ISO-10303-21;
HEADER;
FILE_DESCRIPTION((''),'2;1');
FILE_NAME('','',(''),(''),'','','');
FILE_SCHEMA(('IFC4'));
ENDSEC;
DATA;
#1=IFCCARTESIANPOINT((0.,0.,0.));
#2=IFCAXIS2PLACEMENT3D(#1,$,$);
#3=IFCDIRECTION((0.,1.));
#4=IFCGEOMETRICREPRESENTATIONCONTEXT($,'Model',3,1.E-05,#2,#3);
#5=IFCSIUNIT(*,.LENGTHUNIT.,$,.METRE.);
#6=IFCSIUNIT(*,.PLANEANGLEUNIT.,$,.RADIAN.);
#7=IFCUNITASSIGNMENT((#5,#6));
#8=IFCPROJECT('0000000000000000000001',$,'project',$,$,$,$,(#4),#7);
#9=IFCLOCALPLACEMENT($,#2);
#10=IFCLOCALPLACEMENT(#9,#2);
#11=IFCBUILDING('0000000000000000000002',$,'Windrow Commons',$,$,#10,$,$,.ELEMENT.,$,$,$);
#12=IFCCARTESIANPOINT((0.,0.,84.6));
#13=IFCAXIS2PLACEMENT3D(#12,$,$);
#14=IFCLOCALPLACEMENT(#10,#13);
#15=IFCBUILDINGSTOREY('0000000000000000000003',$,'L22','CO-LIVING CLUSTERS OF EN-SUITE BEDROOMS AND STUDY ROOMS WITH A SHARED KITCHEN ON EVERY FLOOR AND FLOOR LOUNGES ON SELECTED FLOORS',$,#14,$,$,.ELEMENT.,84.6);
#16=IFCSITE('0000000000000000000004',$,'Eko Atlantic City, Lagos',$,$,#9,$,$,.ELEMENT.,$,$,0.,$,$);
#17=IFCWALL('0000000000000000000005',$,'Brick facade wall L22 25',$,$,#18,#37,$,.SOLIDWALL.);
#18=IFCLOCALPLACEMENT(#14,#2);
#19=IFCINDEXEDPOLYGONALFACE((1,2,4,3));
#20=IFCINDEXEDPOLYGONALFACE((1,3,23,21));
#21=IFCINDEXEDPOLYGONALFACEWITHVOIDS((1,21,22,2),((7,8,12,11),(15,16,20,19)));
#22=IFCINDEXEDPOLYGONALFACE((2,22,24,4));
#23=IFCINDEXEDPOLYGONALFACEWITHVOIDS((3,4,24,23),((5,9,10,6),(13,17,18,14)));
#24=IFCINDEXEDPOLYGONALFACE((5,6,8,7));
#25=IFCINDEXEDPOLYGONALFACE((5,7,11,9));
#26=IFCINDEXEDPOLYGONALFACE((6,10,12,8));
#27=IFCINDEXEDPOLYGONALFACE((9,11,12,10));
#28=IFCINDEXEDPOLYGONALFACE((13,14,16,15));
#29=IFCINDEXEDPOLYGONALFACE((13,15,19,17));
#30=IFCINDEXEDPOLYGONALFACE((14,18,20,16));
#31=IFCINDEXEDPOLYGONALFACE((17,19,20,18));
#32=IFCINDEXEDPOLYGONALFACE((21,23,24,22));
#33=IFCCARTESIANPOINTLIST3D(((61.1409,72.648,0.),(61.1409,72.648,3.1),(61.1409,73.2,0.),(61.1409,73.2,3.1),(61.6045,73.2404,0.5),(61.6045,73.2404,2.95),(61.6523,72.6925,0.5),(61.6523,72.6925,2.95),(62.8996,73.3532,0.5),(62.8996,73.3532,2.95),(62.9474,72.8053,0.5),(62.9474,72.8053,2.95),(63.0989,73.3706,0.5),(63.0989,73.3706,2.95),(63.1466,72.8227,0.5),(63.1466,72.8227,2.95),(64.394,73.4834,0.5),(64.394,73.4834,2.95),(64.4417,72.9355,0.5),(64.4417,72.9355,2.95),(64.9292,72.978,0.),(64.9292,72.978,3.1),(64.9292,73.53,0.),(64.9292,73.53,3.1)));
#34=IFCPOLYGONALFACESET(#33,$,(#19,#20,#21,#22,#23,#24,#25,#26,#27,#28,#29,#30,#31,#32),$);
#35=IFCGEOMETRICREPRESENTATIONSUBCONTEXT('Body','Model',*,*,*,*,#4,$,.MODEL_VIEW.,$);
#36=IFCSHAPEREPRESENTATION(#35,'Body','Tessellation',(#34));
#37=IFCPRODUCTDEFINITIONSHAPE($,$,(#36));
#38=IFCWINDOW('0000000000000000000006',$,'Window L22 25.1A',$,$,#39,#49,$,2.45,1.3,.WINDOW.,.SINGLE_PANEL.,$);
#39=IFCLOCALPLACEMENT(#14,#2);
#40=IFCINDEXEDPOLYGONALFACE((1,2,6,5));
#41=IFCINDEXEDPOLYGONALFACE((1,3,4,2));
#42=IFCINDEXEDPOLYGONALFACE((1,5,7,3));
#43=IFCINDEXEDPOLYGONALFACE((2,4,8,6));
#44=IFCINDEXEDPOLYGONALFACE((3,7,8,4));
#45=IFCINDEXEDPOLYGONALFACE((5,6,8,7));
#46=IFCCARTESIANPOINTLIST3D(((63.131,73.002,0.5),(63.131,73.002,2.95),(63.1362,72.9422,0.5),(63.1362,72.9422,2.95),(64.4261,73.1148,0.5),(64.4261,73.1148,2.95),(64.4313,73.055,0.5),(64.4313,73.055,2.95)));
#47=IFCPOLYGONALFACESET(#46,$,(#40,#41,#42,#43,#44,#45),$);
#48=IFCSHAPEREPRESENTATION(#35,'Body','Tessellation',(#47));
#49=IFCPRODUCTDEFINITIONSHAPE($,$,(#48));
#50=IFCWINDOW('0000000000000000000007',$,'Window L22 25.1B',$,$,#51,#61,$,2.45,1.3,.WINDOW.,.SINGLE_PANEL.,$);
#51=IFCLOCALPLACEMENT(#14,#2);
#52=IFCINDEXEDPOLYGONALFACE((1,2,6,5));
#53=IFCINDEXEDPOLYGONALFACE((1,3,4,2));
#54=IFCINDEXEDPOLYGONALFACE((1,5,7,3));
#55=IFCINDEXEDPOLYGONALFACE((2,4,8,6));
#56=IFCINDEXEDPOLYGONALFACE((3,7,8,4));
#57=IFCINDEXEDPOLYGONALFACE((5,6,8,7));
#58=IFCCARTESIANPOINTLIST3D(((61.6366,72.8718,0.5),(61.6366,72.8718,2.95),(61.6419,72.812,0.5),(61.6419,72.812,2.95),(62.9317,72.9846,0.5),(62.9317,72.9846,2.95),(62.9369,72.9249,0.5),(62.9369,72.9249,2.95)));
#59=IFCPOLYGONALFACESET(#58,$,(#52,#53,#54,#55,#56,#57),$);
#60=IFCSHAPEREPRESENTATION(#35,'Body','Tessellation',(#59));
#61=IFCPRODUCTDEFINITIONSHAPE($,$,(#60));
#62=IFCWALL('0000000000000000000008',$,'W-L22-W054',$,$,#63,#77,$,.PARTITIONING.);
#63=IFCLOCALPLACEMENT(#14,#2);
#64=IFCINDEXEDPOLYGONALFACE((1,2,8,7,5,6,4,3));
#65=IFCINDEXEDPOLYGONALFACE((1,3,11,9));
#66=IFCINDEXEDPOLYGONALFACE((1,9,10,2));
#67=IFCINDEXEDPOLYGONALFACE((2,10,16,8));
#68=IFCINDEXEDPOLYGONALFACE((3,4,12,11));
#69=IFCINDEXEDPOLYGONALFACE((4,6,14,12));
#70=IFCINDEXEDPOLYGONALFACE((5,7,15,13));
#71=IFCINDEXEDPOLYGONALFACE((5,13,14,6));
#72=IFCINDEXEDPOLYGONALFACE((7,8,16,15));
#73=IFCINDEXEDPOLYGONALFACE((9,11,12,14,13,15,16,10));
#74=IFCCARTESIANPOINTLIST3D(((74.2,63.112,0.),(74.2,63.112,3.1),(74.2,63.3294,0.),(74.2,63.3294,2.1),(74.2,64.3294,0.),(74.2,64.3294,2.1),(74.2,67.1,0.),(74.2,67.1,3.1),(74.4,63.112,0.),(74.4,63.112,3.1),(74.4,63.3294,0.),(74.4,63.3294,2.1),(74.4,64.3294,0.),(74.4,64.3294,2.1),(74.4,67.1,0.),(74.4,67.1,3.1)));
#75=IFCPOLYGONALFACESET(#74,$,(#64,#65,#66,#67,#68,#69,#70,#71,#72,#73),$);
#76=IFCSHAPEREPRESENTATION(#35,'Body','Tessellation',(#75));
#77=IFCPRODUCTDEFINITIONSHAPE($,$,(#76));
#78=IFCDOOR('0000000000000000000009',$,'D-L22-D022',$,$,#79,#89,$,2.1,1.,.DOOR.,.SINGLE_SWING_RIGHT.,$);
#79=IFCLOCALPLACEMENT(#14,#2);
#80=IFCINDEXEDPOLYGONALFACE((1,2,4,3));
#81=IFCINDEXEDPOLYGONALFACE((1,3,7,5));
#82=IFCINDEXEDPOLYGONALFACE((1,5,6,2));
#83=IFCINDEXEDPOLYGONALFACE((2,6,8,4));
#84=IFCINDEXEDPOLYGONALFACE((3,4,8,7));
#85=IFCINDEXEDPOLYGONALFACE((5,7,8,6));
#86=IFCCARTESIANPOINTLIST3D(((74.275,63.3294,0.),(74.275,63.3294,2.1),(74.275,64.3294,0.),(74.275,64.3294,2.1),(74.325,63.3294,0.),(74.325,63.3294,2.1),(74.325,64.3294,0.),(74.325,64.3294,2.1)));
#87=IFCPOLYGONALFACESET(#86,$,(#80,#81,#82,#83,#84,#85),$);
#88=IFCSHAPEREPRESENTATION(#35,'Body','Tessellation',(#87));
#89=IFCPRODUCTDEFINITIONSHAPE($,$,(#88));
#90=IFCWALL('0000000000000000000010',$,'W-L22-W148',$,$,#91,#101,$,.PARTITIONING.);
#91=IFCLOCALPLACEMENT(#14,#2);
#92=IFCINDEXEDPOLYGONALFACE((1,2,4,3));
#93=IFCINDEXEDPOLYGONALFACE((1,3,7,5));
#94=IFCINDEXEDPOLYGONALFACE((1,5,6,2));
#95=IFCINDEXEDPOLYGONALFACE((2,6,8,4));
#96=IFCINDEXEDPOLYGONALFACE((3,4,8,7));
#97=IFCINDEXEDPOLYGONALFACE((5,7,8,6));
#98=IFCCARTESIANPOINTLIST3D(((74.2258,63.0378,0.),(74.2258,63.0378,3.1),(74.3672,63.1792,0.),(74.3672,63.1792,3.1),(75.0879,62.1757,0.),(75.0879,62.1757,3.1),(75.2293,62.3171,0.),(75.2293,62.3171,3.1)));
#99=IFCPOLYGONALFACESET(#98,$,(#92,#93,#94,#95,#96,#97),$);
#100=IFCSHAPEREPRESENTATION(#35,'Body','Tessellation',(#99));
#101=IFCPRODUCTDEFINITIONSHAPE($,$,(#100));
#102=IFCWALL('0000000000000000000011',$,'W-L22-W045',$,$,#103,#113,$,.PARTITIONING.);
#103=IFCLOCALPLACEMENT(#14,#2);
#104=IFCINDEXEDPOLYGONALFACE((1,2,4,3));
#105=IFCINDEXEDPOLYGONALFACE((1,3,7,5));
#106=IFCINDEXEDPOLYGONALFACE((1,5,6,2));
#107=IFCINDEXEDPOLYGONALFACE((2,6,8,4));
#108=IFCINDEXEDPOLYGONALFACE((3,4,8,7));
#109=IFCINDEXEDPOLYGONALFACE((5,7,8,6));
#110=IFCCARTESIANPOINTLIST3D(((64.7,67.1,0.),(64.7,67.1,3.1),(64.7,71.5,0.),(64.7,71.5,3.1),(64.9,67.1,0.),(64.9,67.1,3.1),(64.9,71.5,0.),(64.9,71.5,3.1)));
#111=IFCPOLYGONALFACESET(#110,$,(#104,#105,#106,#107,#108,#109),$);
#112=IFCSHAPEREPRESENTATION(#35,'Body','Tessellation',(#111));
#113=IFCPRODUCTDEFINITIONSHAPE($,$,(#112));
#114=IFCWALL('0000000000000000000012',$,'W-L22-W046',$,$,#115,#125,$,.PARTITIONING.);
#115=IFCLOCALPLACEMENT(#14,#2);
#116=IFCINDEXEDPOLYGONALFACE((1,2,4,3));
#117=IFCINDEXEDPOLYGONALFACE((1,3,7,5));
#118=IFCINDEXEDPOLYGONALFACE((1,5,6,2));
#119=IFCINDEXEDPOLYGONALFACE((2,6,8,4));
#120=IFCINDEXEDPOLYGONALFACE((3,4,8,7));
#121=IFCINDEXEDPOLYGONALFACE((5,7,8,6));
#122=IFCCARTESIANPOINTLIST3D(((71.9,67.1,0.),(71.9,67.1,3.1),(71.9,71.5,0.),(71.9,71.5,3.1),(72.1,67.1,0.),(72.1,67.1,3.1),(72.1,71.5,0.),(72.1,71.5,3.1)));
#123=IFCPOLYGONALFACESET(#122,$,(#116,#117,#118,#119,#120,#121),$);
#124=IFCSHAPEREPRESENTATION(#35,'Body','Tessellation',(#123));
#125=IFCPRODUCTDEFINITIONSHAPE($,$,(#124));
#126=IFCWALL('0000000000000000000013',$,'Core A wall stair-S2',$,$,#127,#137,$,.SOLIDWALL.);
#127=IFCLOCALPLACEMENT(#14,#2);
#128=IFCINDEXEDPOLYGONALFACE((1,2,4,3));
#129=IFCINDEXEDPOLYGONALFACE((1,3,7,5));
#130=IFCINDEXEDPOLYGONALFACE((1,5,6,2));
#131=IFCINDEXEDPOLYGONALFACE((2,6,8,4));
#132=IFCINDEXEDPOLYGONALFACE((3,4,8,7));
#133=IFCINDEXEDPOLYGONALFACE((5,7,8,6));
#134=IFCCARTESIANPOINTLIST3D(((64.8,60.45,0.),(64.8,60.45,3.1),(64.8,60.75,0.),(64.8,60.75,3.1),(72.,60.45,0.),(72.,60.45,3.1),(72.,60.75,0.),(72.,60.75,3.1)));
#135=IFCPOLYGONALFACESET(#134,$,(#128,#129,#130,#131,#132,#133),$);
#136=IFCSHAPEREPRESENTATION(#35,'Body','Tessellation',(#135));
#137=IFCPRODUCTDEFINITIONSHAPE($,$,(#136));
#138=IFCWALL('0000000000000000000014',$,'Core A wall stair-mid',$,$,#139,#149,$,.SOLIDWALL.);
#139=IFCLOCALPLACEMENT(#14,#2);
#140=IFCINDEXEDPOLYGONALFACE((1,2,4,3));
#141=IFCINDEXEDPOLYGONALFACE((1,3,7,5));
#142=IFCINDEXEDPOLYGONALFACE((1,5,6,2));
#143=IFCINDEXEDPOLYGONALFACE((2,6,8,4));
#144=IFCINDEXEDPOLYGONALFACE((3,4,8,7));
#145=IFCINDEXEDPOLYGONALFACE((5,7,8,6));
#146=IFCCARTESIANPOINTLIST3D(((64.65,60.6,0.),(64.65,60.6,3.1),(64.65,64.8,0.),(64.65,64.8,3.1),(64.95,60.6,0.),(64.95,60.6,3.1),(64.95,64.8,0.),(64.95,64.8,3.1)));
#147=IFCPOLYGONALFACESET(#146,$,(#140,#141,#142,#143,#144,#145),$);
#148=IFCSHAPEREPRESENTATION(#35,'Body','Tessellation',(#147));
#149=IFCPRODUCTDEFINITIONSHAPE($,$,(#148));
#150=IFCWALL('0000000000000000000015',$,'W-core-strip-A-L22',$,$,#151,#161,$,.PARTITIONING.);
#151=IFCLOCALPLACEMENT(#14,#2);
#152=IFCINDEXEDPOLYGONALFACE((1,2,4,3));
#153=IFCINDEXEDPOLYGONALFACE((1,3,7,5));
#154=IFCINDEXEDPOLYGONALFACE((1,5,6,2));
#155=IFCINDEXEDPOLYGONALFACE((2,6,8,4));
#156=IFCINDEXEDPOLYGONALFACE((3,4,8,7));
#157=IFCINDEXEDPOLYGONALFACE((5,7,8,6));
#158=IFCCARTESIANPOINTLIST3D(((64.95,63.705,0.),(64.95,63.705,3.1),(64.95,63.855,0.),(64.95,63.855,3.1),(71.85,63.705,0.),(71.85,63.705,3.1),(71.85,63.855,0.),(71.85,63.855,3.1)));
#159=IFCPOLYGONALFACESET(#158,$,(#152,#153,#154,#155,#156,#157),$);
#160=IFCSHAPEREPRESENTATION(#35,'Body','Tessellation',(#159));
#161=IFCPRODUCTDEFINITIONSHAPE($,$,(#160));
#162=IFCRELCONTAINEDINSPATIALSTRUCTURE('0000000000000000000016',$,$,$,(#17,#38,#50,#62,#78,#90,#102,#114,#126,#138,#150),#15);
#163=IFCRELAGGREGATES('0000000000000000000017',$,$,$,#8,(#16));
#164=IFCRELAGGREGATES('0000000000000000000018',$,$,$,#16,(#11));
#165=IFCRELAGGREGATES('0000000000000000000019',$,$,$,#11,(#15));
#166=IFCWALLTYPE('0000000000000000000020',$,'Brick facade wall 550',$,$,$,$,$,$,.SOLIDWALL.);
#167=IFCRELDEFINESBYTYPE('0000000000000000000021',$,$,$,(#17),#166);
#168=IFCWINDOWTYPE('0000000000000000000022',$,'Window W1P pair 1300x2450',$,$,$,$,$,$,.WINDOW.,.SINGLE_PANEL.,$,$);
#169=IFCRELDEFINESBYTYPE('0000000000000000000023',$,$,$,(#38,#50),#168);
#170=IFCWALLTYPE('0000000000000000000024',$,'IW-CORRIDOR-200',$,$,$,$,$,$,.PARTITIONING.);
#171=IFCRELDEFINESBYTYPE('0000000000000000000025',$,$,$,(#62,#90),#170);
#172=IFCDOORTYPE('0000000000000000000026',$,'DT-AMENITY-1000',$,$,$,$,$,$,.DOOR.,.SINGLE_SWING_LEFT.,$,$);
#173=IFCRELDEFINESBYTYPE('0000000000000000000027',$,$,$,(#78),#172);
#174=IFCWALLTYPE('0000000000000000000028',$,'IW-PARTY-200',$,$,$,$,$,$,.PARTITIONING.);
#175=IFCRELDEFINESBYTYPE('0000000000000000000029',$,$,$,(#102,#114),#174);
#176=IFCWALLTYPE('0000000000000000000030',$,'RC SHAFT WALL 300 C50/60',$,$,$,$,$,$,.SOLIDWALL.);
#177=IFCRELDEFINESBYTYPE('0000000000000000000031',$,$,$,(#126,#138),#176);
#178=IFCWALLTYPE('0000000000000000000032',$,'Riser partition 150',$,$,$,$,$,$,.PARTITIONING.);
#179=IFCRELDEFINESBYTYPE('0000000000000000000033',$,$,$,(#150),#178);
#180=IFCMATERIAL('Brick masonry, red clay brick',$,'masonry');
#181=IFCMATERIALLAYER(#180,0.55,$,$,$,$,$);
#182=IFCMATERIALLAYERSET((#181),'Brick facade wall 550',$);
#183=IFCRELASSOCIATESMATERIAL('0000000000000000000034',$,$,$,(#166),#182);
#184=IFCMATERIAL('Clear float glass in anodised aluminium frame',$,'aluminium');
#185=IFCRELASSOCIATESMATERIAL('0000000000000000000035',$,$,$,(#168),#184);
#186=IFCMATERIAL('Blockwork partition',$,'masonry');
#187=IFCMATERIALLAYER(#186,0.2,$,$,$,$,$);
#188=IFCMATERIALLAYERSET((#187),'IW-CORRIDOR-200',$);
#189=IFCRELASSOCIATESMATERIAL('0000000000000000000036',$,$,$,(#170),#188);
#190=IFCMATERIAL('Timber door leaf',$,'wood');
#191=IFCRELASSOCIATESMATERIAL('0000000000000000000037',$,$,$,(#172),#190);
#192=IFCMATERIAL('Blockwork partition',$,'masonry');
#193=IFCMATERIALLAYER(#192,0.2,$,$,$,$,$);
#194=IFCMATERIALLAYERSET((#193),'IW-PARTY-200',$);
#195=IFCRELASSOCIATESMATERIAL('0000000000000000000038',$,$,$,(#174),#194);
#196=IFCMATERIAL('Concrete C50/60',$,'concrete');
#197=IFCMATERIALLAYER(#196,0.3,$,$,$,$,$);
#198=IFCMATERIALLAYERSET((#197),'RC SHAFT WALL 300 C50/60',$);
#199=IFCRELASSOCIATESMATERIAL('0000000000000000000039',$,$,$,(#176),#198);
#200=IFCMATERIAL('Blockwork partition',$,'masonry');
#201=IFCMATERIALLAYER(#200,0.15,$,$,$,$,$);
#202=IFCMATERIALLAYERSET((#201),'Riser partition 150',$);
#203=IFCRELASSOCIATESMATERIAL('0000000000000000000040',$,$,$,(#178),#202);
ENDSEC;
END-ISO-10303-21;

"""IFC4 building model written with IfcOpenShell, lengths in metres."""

from ifc_helpers import new_model, si_unit, direction, frame, frame_2d, origin, place, context, subcontext, project, spatial, polyline, rectangle, outline, extrude, material, layer, layer_set, type_object, element, fill, save


model = new_model("IFC4")

# Units and contexts
model_context = context("Model", 3, precision=1e-05, world=origin(), true_north=direction((0.0, 1.0)))
body_context = subcontext(model_context, "Body", "Model", "MODEL_VIEW")
ifc_project = project(units=[si_unit("LENGTHUNIT", "METRE"), si_unit("PLANEANGLEUNIT", "RADIAN")], contexts=[model_context])

# Site, building, storey
site_placement = place(None, origin())
site = spatial("IfcSite", under=ifc_project, at=site_placement, Name="Eko Atlantic City, Lagos", CompositionType="ELEMENT", RefElevation=0.0)
building_placement = place(site_placement, origin())
building = spatial("IfcBuilding", under=site, at=building_placement, Name="Windrow Commons", CompositionType="ELEMENT")
storey_placement = place(building_placement, frame((0.0, 0.0, 84.6)))
storey = spatial("IfcBuildingStorey", under=building, at=storey_placement, Name="L22", Description="CO-LIVING CLUSTERS OF EN-SUITE BEDROOMS AND STUDY ROOMS WITH A SHARED KITCHEN ON EVERY FLOOR AND FLOOR LOUNGES ON SELECTED FLOORS", CompositionType="ELEMENT", Elevation=84.6)

# Wall, openings, windows
ifc_material_1 = material(Name="Brick masonry, red clay brick", Category="masonry")
ifc_layer_1 = layer(ifc_material_1, 0.55)
ifc_layer_set_1 = layer_set([ifc_layer_1], Name="Brick facade wall 550")
wall_type_1 = type_object("IfcWallType", Name="Brick facade wall 550", PredefinedType="SOLIDWALL", material=ifc_layer_set_1)
ifc_material_2 = material(Name="Clear float glass in anodised aluminium frame", Category="aluminium")
window_type = type_object("IfcWindowType", Name="Window W1P pair 1300x2450", PartitioningType="SINGLE_PANEL", PredefinedType="WINDOW", material=ifc_material_2)
wall_1_placement = place(storey_placement, frame((64.9292, 73.254, 0.0), z_axis=(0.0, 0.0, 1.0), x_axis=(-0.996227, -0.086784, 0.0)))
wall_1 = element("IfcWall", 1, at=wall_1_placement, inside=storey, type_object=wall_type_1, Name="Brick facade wall L22 25", PredefinedType="SOLIDWALL", context=body_context, shape_type="SweptSolid", body=[
    extrude(outline(polyline([(-0.024, -0.275), (3.7787, -0.275), (3.8266, 0.275), (0.024, 0.275), (-0.024, -0.275)])), origin(), (0.0, 0.0, 1.0), 3.1),
])
opening_1_placement = place(wall_1_placement, frame((0.5133, 0.0, 0.5)))
opening_1 = element("IfcOpeningElement", 2, at=opening_1_placement, cuts=wall_1, PredefinedType="OPENING", context=body_context, shape_type="SweptSolid", body=[
    extrude(rectangle(XDim=1.3, YDim=2.45, at=frame_2d((0.65, 1.225))), frame((0.0, 0.285, 0.0), z_axis=(0.0, -1.0, 0.0), x_axis=(1.0, 0.0, 0.0)), (0.0, 0.0, 1.0), 0.57),
])
opening_2_placement = place(wall_1_placement, frame((2.0133, 0.0, 0.5)))
opening_2 = element("IfcOpeningElement", 3, at=opening_2_placement, cuts=wall_1, PredefinedType="OPENING", context=body_context, shape_type="SweptSolid", body=[
    extrude(rectangle(XDim=1.3, YDim=2.45, at=frame_2d((0.65, 1.225))), frame((0.0, 0.285, 0.0), z_axis=(0.0, -1.0, 0.0), x_axis=(1.0, 0.0, 0.0)), (0.0, 0.0, 1.0), 0.57),
])
window_1_placement = place(opening_1_placement, origin())
window_1 = element("IfcWindow", 4, at=window_1_placement, inside=storey, type_object=window_type, Name="Window L22 25.1A", OverallHeight=2.45, OverallWidth=1.3, PartitioningType="SINGLE_PANEL", PredefinedType="WINDOW", context=body_context, shape_type="SweptSolid", body=[
    extrude(rectangle(XDim=1.3, YDim=2.45, at=frame_2d((0.65, 1.225))), frame((0.0, 0.155, 0.0), z_axis=(0.0, -1.0, 0.0), x_axis=(1.0, 0.0, 0.0)), (0.0, 0.0, 1.0), 0.06),
])
fill(opening_1, window_1)
window_2_placement = place(opening_2_placement, origin())
window_2 = element("IfcWindow", 5, at=window_2_placement, inside=storey, type_object=window_type, Name="Window L22 25.1B", OverallHeight=2.45, OverallWidth=1.3, PartitioningType="SINGLE_PANEL", PredefinedType="WINDOW", context=body_context, shape_type="SweptSolid", body=[
    extrude(rectangle(XDim=1.3, YDim=2.45, at=frame_2d((0.65, 1.225))), frame((0.0, 0.155, 0.0), z_axis=(0.0, -1.0, 0.0), x_axis=(1.0, 0.0, 0.0)), (0.0, 0.0, 1.0), 0.06),
])
fill(opening_2, window_2)

# Wall, opening, door
ifc_material_3 = material(Name="Blockwork partition", Category="masonry")
ifc_layer_2 = layer(ifc_material_3, 0.2)
ifc_layer_set_2 = layer_set([ifc_layer_2], Name="IW-CORRIDOR-200")
wall_type_2 = type_object("IfcWallType", Name="IW-CORRIDOR-200", PredefinedType="PARTITIONING", material=ifc_layer_set_2)
wall_2_placement = place(storey_placement, frame((74.3, 63.112, 0.0), z_axis=(0.0, 0.0, 1.0), x_axis=(0.0, 1.0, 0.0)))
wall_2 = element("IfcWall", 6, at=wall_2_placement, inside=storey, type_object=wall_type_2, Name="W-L22-W054", PredefinedType="PARTITIONING", context=body_context, shape_type="SweptSolid", body=[
    extrude(rectangle(XDim=3.988, YDim=0.2, at=frame_2d((1.994, 0.0))), origin(), (0.0, 0.0, 1.0), 3.1),
])
opening_3_placement = place(wall_2_placement, frame((0.2174, 0.0, 0.0)))
opening_3 = element("IfcOpeningElement", 7, at=opening_3_placement, cuts=wall_2, PredefinedType="OPENING", context=body_context, shape_type="SweptSolid", body=[
    extrude(rectangle(XDim=1.0, YDim=2.1, at=frame_2d((0.5, 1.05))), frame((0.0, 0.11, 0.0), z_axis=(0.0, -1.0, 0.0), x_axis=(1.0, 0.0, 0.0)), (0.0, 0.0, 1.0), 0.22),
])
ifc_material_4 = material(Name="Timber door leaf", Category="wood")
door_type = type_object("IfcDoorType", Name="DT-AMENITY-1000", OperationType="SINGLE_SWING_LEFT", PredefinedType="DOOR", material=ifc_material_4)
door_placement = place(opening_3_placement, origin())
door = element("IfcDoor", 8, at=door_placement, inside=storey, type_object=door_type, Name="D-L22-D022", OperationType="SINGLE_SWING_RIGHT", OverallHeight=2.1, OverallWidth=1.0, PredefinedType="DOOR", context=body_context, shape_type="SweptSolid", body=[
    extrude(rectangle(XDim=1.0, YDim=2.1, at=frame_2d((0.5, 1.05))), frame((0.0, 0.025, 0.0), z_axis=(0.0, -1.0, 0.0), x_axis=(1.0, 0.0, 0.0)), (0.0, 0.0, 1.0), 0.05),
])
fill(opening_3, door)

# Walls
wall_3_placement = place(storey_placement, frame((74.2965, 63.1085, 0.0), z_axis=(0.0, 0.0, 1.0), x_axis=(0.707107, -0.707107, 0.0)))
element("IfcWall", 9, at=wall_3_placement, inside=storey, type_object=wall_type_2, Name="W-L22-W148", PredefinedType="PARTITIONING", context=body_context, shape_type="SweptSolid", body=[
    extrude(rectangle(XDim=1.2191, YDim=0.2, at=frame_2d((0.6096, 0.0))), origin(), (0.0, 0.0, 1.0), 3.1),
])
ifc_material_5 = material(Name="Blockwork partition", Category="masonry")
ifc_layer_3 = layer(ifc_material_5, 0.2)
ifc_layer_set_3 = layer_set([ifc_layer_3], Name="IW-PARTY-200")
wall_type_3 = type_object("IfcWallType", Name="IW-PARTY-200", PredefinedType="PARTITIONING", material=ifc_layer_set_3)
for number, where, z_axis, x_axis, name in (
    (10, (64.8, 67.1, 0.0), (0.0, 0.0, 1.0), (0.0, 1.0, 0.0), "W-L22-W045"),
    (11, (72.0, 67.1, 0.0), (0.0, 0.0, 1.0), (0.0, 1.0, 0.0), "W-L22-W046"),
):
    element("IfcWall", number, at=place(storey_placement, frame(where, z_axis=z_axis, x_axis=x_axis)), inside=storey, type_object=wall_type_3, Name=name, PredefinedType="PARTITIONING", context=body_context, shape_type="SweptSolid", body=[
        extrude(rectangle(XDim=4.4, YDim=0.2, at=frame_2d((2.2, 0.0))), origin(), (0.0, 0.0, 1.0), 3.1),
    ])
ifc_material_6 = material(Name="Concrete C50/60", Category="concrete")
ifc_layer_4 = layer(ifc_material_6, 0.3)
ifc_layer_set_4 = layer_set([ifc_layer_4], Name="RC SHAFT WALL 300 C50/60")
wall_type_4 = type_object("IfcWallType", Name="RC SHAFT WALL 300 C50/60", PredefinedType="SOLIDWALL", material=ifc_layer_set_4)
wall_4_placement = place(storey_placement, frame((64.8, 60.6, 0.0), z_axis=(0.0, 0.0, 1.0), x_axis=(1.0, 0.0, 0.0)))
element("IfcWall", 12, at=wall_4_placement, inside=storey, type_object=wall_type_4, Name="Core A wall stair-S2", PredefinedType="SOLIDWALL", context=body_context, shape_type="SweptSolid", body=[
    extrude(rectangle(XDim=7.2, YDim=0.3, at=frame_2d((3.6, 0.0))), origin(), (0.0, 0.0, 1.0), 3.1),
])
wall_5_placement = place(storey_placement, frame((64.8, 60.6, 0.0), z_axis=(0.0, 0.0, 1.0), x_axis=(0.0, 1.0, 0.0)))
element("IfcWall", 13, at=wall_5_placement, inside=storey, type_object=wall_type_4, Name="Core A wall stair-mid", PredefinedType="SOLIDWALL", context=body_context, shape_type="SweptSolid", body=[
    extrude(rectangle(XDim=4.2, YDim=0.3, at=frame_2d((2.1, 0.0))), origin(), (0.0, 0.0, 1.0), 3.1),
])
ifc_material_7 = material(Name="Blockwork partition", Category="masonry")
ifc_layer_5 = layer(ifc_material_7, 0.15)
ifc_layer_set_5 = layer_set([ifc_layer_5], Name="Riser partition 150")
wall_type_5 = type_object("IfcWallType", Name="Riser partition 150", PredefinedType="PARTITIONING", material=ifc_layer_set_5)
wall_6_placement = place(storey_placement, frame((64.95, 63.78, 0.0), z_axis=(0.0, 0.0, 1.0), x_axis=(1.0, 0.0, 0.0)))
element("IfcWall", 14, at=wall_6_placement, inside=storey, type_object=wall_type_5, Name="W-core-strip-A-L22", PredefinedType="PARTITIONING", context=body_context, shape_type="SweptSolid", body=[
    extrude(rectangle(XDim=6.9, YDim=0.15, at=frame_2d((3.45, 0.0))), origin(), (0.0, 0.0, 1.0), 3.1),
])

save(model, "model.ifc")
